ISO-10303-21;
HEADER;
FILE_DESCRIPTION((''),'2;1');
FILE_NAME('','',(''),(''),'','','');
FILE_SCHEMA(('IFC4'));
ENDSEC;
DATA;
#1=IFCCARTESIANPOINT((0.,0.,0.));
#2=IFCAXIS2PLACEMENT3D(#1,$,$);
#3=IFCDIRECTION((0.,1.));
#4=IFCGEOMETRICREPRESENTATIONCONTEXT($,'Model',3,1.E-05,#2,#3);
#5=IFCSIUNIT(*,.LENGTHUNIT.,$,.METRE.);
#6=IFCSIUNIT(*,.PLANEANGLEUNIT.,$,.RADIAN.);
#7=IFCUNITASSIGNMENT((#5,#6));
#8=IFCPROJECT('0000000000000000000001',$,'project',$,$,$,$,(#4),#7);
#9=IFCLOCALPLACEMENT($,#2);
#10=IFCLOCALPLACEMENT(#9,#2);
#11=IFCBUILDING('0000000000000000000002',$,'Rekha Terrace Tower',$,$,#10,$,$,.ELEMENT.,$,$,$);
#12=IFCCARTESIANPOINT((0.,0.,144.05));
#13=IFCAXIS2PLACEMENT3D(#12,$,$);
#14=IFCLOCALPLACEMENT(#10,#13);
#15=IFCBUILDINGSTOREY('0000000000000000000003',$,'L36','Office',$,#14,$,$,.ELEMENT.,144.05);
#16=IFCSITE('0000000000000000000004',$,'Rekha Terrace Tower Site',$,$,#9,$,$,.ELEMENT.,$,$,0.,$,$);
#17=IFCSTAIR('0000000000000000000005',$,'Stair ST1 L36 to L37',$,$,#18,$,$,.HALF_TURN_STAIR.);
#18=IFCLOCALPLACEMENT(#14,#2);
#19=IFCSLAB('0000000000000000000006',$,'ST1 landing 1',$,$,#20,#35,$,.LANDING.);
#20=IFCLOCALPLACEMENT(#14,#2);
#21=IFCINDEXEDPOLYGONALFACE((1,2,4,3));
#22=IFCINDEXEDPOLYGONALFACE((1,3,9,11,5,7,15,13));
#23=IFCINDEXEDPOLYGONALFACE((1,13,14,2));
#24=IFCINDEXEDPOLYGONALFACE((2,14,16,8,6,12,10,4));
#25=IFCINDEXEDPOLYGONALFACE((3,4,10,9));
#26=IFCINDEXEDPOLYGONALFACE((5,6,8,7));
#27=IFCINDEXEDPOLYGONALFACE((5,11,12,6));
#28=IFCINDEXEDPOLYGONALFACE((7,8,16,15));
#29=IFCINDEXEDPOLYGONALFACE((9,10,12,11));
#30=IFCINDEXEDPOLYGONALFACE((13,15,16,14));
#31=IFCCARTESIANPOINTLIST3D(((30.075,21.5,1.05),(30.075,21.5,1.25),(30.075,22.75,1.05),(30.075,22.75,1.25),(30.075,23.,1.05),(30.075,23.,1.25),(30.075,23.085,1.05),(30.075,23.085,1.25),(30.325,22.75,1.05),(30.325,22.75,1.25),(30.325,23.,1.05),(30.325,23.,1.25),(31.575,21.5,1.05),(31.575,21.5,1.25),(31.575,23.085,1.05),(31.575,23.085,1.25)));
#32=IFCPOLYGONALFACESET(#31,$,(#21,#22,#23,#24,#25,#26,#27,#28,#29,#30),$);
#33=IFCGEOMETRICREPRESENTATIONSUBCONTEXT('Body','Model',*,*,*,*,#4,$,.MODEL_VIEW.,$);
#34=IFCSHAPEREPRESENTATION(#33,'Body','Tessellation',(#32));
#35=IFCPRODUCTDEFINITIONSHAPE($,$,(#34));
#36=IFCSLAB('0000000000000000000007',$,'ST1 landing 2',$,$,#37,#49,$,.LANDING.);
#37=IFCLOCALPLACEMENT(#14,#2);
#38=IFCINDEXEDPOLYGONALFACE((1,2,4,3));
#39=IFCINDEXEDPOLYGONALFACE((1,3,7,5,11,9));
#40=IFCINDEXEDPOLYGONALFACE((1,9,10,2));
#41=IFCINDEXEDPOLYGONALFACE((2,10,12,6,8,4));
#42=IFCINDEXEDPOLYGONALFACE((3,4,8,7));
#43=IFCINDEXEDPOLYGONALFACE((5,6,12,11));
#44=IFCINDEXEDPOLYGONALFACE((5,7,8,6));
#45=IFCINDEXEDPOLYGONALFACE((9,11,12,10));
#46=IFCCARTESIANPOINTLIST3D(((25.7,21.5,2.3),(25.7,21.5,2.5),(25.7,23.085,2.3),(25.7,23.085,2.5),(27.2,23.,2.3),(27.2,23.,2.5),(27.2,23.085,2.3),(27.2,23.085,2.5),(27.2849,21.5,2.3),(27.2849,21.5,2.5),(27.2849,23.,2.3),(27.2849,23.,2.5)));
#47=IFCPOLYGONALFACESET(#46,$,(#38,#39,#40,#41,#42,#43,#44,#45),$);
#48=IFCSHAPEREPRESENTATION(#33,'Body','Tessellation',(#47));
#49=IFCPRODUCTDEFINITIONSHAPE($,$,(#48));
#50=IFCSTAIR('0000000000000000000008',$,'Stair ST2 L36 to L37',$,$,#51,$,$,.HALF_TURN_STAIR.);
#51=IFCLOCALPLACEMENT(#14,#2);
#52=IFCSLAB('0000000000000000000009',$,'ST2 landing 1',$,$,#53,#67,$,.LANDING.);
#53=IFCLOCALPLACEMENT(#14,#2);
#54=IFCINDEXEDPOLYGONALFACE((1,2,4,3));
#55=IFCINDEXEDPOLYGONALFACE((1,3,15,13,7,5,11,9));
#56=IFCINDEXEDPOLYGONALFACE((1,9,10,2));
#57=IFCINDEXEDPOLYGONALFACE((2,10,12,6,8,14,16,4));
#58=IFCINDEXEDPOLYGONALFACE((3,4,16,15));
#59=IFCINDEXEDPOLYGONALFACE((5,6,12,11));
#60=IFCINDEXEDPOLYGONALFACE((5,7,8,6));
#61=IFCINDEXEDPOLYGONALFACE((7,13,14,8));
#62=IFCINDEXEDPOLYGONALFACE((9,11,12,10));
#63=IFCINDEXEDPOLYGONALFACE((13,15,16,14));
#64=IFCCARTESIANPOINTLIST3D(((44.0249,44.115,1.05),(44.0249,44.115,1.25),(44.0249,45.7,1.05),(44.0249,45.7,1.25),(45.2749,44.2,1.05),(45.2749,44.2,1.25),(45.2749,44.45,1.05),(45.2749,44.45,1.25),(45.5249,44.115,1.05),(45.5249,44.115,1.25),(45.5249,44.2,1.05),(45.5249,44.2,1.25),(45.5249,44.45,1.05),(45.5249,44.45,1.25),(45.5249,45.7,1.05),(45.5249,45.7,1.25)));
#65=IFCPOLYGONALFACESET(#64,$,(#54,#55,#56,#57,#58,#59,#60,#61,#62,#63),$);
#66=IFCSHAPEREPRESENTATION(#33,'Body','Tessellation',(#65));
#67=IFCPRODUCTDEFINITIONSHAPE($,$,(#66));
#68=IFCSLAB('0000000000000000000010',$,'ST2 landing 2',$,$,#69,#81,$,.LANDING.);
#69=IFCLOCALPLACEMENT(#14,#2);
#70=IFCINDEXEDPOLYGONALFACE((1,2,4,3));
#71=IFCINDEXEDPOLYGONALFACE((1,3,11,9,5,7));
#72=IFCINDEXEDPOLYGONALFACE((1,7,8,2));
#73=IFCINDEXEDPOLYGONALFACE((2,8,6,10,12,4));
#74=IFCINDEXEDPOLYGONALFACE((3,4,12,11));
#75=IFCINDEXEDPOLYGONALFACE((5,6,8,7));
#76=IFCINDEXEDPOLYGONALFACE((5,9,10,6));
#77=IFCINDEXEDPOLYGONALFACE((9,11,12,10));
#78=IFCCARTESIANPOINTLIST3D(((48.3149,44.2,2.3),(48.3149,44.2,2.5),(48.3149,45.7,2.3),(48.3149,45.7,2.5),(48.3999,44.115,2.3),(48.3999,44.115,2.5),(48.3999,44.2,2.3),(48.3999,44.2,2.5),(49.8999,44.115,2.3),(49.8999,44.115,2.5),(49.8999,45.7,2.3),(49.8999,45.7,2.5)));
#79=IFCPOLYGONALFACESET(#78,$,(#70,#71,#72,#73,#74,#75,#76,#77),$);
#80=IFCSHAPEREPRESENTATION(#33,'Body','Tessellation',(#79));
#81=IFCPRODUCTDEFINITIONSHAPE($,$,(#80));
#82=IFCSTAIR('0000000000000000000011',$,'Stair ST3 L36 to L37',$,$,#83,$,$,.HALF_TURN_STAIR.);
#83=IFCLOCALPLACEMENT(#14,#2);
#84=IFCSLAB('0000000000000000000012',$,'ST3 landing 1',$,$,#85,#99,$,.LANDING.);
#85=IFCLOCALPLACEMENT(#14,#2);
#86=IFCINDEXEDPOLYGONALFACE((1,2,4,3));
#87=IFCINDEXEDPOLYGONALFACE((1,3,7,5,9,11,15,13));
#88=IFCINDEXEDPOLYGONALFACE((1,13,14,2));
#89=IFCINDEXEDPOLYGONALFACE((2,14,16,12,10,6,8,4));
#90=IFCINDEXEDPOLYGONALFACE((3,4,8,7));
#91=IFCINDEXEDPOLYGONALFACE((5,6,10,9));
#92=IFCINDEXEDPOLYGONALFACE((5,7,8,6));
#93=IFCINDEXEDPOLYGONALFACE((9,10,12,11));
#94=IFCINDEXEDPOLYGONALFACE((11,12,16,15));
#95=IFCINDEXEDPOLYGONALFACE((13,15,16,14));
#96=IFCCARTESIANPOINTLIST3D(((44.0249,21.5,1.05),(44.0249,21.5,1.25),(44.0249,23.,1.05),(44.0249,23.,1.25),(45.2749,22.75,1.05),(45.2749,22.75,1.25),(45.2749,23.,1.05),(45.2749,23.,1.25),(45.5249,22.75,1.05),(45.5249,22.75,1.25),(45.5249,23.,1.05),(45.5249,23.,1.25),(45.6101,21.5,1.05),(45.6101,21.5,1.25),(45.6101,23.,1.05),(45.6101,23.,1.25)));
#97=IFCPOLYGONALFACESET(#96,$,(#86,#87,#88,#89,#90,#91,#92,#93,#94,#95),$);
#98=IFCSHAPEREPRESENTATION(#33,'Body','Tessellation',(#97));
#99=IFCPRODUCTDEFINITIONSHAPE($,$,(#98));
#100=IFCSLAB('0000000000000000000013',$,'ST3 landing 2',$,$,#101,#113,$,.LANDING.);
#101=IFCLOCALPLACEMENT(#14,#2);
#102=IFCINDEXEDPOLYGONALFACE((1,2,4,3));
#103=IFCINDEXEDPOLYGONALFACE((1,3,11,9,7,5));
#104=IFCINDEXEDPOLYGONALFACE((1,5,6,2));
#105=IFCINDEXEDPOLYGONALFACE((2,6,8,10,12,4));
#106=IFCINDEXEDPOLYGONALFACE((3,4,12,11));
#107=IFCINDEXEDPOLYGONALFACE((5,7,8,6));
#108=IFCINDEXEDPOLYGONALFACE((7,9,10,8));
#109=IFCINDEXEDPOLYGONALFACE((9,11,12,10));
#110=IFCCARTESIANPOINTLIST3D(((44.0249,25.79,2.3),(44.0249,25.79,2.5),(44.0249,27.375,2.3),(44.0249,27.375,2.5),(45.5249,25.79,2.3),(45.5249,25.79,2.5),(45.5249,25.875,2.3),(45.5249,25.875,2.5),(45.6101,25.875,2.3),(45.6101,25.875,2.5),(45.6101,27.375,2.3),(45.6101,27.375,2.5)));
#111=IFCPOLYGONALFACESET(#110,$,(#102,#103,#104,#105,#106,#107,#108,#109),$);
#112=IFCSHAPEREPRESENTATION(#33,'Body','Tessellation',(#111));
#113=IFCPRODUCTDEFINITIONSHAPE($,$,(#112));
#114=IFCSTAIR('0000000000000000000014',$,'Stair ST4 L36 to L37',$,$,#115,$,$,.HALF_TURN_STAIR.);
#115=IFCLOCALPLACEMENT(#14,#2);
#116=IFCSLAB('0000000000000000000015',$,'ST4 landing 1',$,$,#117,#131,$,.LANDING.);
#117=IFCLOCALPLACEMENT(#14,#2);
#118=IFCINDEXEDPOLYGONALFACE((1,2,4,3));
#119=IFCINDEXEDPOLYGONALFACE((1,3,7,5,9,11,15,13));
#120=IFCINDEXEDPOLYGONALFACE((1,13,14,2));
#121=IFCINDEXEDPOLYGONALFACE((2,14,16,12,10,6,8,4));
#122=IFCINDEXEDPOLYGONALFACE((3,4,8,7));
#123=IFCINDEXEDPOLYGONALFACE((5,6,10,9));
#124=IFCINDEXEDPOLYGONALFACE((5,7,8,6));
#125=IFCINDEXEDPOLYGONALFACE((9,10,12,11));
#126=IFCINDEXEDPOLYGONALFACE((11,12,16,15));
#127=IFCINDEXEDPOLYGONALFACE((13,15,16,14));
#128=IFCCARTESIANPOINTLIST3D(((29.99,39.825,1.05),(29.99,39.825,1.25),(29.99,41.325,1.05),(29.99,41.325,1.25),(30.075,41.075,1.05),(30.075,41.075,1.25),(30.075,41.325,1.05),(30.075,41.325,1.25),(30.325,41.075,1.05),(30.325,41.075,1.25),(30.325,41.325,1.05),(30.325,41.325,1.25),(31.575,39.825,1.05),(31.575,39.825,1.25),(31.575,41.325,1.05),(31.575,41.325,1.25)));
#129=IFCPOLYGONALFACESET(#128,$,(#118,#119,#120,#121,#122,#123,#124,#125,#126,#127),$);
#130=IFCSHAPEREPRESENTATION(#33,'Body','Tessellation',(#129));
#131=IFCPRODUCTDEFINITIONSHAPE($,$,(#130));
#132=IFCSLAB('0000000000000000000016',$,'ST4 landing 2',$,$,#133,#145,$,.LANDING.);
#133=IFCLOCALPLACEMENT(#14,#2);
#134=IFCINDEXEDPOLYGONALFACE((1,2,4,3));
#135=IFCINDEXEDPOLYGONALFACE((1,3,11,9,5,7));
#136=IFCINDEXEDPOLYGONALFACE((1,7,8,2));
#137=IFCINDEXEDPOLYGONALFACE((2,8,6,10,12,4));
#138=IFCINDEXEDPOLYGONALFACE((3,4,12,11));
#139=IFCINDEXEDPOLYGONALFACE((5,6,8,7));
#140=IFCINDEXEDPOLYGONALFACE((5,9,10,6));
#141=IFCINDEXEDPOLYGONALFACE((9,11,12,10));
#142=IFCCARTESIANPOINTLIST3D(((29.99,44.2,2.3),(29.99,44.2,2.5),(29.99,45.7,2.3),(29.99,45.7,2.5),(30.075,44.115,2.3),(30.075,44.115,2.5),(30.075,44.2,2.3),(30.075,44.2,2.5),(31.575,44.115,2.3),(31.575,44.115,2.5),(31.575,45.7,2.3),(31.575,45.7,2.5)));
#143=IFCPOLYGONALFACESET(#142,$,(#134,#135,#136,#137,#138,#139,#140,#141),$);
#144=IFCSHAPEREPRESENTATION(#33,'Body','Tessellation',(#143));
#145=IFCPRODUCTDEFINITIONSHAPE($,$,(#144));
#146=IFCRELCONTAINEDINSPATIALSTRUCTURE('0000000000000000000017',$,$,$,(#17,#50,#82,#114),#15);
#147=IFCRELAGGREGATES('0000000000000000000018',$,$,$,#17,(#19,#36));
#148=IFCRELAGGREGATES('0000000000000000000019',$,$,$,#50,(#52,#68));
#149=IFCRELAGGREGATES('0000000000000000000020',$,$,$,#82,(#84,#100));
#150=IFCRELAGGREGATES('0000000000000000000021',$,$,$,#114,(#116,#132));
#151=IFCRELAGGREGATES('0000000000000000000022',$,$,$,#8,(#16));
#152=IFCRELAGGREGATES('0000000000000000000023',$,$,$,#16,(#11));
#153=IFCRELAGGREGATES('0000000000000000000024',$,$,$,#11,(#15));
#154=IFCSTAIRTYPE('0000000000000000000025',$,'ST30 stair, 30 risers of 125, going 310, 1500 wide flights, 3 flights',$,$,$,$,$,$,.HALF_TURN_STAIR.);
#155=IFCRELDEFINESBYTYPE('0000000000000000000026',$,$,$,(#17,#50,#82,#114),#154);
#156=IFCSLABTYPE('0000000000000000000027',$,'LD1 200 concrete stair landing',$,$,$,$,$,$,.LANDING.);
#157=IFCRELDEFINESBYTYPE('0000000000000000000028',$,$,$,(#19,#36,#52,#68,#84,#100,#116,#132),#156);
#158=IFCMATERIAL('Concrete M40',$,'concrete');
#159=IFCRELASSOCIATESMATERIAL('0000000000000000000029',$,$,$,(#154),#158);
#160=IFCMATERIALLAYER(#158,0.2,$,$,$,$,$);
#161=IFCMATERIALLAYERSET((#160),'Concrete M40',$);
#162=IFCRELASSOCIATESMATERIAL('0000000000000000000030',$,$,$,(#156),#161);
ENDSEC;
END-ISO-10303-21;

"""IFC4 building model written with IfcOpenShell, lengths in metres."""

from ifc_helpers import new_model, si_unit, direction, frame, origin, place, context, subcontext, project, spatial, polyline, outline, extrude, material, layer, layer_set, type_object, element, aggregate, save


model = new_model("IFC4")

# Units and contexts
model_context = context("Model", 3, precision=1e-05, world=origin(), true_north=direction((0.0, 1.0)))
body_context = subcontext(model_context, "Body", "Model", "MODEL_VIEW")
ifc_project = project(units=[si_unit("LENGTHUNIT", "METRE"), si_unit("PLANEANGLEUNIT", "RADIAN")], contexts=[model_context])

# Site, building, storey
site_placement = place(None, origin())
site = spatial("IfcSite", under=ifc_project, at=site_placement, Name="Rekha Terrace Tower Site", CompositionType="ELEMENT", RefElevation=0.0)
building_placement = place(site_placement, origin())
building = spatial("IfcBuilding", under=site, at=building_placement, Name="Rekha Terrace Tower", CompositionType="ELEMENT")
storey_placement = place(building_placement, frame((0.0, 0.0, 144.05)))
storey = spatial("IfcBuildingStorey", under=building, at=storey_placement, Name="L36", Description="Office", CompositionType="ELEMENT", Elevation=144.05)

# Stairs, slabs
ifc_material_1 = material(Name="Concrete M40", Category="concrete")
stair_type = type_object("IfcStairType", Name="ST30 stair, 30 risers of 125, going 310, 1500 wide flights, 3 flights", PredefinedType="HALF_TURN_STAIR", material=ifc_material_1)
stair_1_placement = place(storey_placement, origin())
stair_1 = element("IfcStair", 1, at=stair_1_placement, inside=storey, type_object=stair_type, Name="Stair ST1 L36 to L37", PredefinedType="HALF_TURN_STAIR")
ifc_layer_1 = layer(ifc_material_1, 0.2)
ifc_layer_set_1 = layer_set([ifc_layer_1], Name="Concrete M40")
slab_type_1 = type_object("IfcSlabType", Name="LD1 200 concrete stair landing", PredefinedType="LANDING", material=ifc_layer_set_1)
slab_1_placement = place(storey_placement, frame((0.0, 0.0, 1.05)))
slab_1 = element("IfcSlab", 2, at=slab_1_placement, type_object=slab_type_1, Name="ST1 landing 1", PredefinedType="LANDING", context=body_context, shape_type="SweptSolid", body=[
    extrude(outline(polyline([(30.075, 21.5), (31.575, 21.5), (31.575, 23.085), (30.075, 23.085), (30.075, 23.0), (30.325, 23.0), (30.325, 22.75), (30.075, 22.75), (30.075, 21.5)])), origin(), (0.0, 0.0, 1.0), 0.2),
])
slab_2_placement = place(storey_placement, frame((0.0, 0.0, 2.3)))
slab_2 = element("IfcSlab", 3, at=slab_2_placement, type_object=slab_type_1, Name="ST1 landing 2", PredefinedType="LANDING", context=body_context, shape_type="SweptSolid", body=[
    extrude(outline(polyline([(27.2, 23.085), (25.7, 23.085), (25.7, 21.5), (27.2849, 21.5), (27.2849, 23.0), (27.2, 23.0), (27.2, 23.085)])), origin(), (0.0, 0.0, 1.0), 0.2),
])
aggregate(stair_1, [slab_1, slab_2])
stair_2_placement = place(storey_placement, origin())
stair_2 = element("IfcStair", 4, at=stair_2_placement, inside=storey, type_object=stair_type, Name="Stair ST2 L36 to L37", PredefinedType="HALF_TURN_STAIR")
slab_3_placement = place(storey_placement, frame((0.0, 0.0, 1.05)))
slab_3 = element("IfcSlab", 5, at=slab_3_placement, type_object=slab_type_1, Name="ST2 landing 1", PredefinedType="LANDING", context=body_context, shape_type="SweptSolid", body=[
    extrude(outline(polyline([(45.5249, 45.7), (44.0249, 45.7), (44.0249, 44.115), (45.5249, 44.115), (45.5249, 44.2), (45.2749, 44.2), (45.2749, 44.45), (45.5249, 44.45), (45.5249, 45.7)])), origin(), (0.0, 0.0, 1.0), 0.2),
])
slab_4_placement = place(storey_placement, frame((0.0, 0.0, 2.3)))
slab_4 = element("IfcSlab", 6, at=slab_4_placement, type_object=slab_type_1, Name="ST2 landing 2", PredefinedType="LANDING", context=body_context, shape_type="SweptSolid", body=[
    extrude(outline(polyline([(48.3999, 44.115), (49.8999, 44.115), (49.8999, 45.7), (48.3149, 45.7), (48.3149, 44.2), (48.3999, 44.2), (48.3999, 44.115)])), origin(), (0.0, 0.0, 1.0), 0.2),
])
aggregate(stair_2, [slab_3, slab_4])
stair_3_placement = place(storey_placement, origin())
stair_3 = element("IfcStair", 7, at=stair_3_placement, inside=storey, type_object=stair_type, Name="Stair ST3 L36 to L37", PredefinedType="HALF_TURN_STAIR")
slab_5_placement = place(storey_placement, frame((0.0, 0.0, 1.05)))
slab_5 = element("IfcSlab", 8, at=slab_5_placement, type_object=slab_type_1, Name="ST3 landing 1", PredefinedType="LANDING", context=body_context, shape_type="SweptSolid", body=[
    extrude(outline(polyline([(44.0249, 23.0), (44.0249, 21.5), (45.6101, 21.5), (45.6101, 23.0), (45.5249, 23.0), (45.5249, 22.75), (45.2749, 22.75), (45.2749, 23.0), (44.0249, 23.0)])), origin(), (0.0, 0.0, 1.0), 0.2),
])
slab_6_placement = place(storey_placement, frame((0.0, 0.0, 2.3)))
slab_6 = element("IfcSlab", 9, at=slab_6_placement, type_object=slab_type_1, Name="ST3 landing 2", PredefinedType="LANDING", context=body_context, shape_type="SweptSolid", body=[
    extrude(outline(polyline([(45.6101, 25.875), (45.6101, 27.375), (44.0249, 27.375), (44.0249, 25.79), (45.5249, 25.79), (45.5249, 25.875), (45.6101, 25.875)])), origin(), (0.0, 0.0, 1.0), 0.2),
])
aggregate(stair_3, [slab_5, slab_6])
stair_4_placement = place(storey_placement, origin())
stair_4 = element("IfcStair", 10, at=stair_4_placement, inside=storey, type_object=stair_type, Name="Stair ST4 L36 to L37", PredefinedType="HALF_TURN_STAIR")
slab_7_placement = place(storey_placement, frame((0.0, 0.0, 1.05)))
slab_7 = element("IfcSlab", 11, at=slab_7_placement, type_object=slab_type_1, Name="ST4 landing 1", PredefinedType="LANDING", context=body_context, shape_type="SweptSolid", body=[
    extrude(outline(polyline([(31.575, 41.325), (31.575, 39.825), (29.99, 39.825), (29.99, 41.325), (30.075, 41.325), (30.075, 41.075), (30.325, 41.075), (30.325, 41.325), (31.575, 41.325)])), origin(), (0.0, 0.0, 1.0), 0.2),
])
slab_8_placement = place(storey_placement, frame((0.0, 0.0, 2.3)))
slab_8 = element("IfcSlab", 12, at=slab_8_placement, type_object=slab_type_1, Name="ST4 landing 2", PredefinedType="LANDING", context=body_context, shape_type="SweptSolid", body=[
    extrude(outline(polyline([(29.99, 44.2), (29.99, 45.7), (31.575, 45.7), (31.575, 44.115), (30.075, 44.115), (30.075, 44.2), (29.99, 44.2)])), origin(), (0.0, 0.0, 1.0), 0.2),
])
aggregate(stair_4, [slab_7, slab_8])

save(model, "model.ifc")
